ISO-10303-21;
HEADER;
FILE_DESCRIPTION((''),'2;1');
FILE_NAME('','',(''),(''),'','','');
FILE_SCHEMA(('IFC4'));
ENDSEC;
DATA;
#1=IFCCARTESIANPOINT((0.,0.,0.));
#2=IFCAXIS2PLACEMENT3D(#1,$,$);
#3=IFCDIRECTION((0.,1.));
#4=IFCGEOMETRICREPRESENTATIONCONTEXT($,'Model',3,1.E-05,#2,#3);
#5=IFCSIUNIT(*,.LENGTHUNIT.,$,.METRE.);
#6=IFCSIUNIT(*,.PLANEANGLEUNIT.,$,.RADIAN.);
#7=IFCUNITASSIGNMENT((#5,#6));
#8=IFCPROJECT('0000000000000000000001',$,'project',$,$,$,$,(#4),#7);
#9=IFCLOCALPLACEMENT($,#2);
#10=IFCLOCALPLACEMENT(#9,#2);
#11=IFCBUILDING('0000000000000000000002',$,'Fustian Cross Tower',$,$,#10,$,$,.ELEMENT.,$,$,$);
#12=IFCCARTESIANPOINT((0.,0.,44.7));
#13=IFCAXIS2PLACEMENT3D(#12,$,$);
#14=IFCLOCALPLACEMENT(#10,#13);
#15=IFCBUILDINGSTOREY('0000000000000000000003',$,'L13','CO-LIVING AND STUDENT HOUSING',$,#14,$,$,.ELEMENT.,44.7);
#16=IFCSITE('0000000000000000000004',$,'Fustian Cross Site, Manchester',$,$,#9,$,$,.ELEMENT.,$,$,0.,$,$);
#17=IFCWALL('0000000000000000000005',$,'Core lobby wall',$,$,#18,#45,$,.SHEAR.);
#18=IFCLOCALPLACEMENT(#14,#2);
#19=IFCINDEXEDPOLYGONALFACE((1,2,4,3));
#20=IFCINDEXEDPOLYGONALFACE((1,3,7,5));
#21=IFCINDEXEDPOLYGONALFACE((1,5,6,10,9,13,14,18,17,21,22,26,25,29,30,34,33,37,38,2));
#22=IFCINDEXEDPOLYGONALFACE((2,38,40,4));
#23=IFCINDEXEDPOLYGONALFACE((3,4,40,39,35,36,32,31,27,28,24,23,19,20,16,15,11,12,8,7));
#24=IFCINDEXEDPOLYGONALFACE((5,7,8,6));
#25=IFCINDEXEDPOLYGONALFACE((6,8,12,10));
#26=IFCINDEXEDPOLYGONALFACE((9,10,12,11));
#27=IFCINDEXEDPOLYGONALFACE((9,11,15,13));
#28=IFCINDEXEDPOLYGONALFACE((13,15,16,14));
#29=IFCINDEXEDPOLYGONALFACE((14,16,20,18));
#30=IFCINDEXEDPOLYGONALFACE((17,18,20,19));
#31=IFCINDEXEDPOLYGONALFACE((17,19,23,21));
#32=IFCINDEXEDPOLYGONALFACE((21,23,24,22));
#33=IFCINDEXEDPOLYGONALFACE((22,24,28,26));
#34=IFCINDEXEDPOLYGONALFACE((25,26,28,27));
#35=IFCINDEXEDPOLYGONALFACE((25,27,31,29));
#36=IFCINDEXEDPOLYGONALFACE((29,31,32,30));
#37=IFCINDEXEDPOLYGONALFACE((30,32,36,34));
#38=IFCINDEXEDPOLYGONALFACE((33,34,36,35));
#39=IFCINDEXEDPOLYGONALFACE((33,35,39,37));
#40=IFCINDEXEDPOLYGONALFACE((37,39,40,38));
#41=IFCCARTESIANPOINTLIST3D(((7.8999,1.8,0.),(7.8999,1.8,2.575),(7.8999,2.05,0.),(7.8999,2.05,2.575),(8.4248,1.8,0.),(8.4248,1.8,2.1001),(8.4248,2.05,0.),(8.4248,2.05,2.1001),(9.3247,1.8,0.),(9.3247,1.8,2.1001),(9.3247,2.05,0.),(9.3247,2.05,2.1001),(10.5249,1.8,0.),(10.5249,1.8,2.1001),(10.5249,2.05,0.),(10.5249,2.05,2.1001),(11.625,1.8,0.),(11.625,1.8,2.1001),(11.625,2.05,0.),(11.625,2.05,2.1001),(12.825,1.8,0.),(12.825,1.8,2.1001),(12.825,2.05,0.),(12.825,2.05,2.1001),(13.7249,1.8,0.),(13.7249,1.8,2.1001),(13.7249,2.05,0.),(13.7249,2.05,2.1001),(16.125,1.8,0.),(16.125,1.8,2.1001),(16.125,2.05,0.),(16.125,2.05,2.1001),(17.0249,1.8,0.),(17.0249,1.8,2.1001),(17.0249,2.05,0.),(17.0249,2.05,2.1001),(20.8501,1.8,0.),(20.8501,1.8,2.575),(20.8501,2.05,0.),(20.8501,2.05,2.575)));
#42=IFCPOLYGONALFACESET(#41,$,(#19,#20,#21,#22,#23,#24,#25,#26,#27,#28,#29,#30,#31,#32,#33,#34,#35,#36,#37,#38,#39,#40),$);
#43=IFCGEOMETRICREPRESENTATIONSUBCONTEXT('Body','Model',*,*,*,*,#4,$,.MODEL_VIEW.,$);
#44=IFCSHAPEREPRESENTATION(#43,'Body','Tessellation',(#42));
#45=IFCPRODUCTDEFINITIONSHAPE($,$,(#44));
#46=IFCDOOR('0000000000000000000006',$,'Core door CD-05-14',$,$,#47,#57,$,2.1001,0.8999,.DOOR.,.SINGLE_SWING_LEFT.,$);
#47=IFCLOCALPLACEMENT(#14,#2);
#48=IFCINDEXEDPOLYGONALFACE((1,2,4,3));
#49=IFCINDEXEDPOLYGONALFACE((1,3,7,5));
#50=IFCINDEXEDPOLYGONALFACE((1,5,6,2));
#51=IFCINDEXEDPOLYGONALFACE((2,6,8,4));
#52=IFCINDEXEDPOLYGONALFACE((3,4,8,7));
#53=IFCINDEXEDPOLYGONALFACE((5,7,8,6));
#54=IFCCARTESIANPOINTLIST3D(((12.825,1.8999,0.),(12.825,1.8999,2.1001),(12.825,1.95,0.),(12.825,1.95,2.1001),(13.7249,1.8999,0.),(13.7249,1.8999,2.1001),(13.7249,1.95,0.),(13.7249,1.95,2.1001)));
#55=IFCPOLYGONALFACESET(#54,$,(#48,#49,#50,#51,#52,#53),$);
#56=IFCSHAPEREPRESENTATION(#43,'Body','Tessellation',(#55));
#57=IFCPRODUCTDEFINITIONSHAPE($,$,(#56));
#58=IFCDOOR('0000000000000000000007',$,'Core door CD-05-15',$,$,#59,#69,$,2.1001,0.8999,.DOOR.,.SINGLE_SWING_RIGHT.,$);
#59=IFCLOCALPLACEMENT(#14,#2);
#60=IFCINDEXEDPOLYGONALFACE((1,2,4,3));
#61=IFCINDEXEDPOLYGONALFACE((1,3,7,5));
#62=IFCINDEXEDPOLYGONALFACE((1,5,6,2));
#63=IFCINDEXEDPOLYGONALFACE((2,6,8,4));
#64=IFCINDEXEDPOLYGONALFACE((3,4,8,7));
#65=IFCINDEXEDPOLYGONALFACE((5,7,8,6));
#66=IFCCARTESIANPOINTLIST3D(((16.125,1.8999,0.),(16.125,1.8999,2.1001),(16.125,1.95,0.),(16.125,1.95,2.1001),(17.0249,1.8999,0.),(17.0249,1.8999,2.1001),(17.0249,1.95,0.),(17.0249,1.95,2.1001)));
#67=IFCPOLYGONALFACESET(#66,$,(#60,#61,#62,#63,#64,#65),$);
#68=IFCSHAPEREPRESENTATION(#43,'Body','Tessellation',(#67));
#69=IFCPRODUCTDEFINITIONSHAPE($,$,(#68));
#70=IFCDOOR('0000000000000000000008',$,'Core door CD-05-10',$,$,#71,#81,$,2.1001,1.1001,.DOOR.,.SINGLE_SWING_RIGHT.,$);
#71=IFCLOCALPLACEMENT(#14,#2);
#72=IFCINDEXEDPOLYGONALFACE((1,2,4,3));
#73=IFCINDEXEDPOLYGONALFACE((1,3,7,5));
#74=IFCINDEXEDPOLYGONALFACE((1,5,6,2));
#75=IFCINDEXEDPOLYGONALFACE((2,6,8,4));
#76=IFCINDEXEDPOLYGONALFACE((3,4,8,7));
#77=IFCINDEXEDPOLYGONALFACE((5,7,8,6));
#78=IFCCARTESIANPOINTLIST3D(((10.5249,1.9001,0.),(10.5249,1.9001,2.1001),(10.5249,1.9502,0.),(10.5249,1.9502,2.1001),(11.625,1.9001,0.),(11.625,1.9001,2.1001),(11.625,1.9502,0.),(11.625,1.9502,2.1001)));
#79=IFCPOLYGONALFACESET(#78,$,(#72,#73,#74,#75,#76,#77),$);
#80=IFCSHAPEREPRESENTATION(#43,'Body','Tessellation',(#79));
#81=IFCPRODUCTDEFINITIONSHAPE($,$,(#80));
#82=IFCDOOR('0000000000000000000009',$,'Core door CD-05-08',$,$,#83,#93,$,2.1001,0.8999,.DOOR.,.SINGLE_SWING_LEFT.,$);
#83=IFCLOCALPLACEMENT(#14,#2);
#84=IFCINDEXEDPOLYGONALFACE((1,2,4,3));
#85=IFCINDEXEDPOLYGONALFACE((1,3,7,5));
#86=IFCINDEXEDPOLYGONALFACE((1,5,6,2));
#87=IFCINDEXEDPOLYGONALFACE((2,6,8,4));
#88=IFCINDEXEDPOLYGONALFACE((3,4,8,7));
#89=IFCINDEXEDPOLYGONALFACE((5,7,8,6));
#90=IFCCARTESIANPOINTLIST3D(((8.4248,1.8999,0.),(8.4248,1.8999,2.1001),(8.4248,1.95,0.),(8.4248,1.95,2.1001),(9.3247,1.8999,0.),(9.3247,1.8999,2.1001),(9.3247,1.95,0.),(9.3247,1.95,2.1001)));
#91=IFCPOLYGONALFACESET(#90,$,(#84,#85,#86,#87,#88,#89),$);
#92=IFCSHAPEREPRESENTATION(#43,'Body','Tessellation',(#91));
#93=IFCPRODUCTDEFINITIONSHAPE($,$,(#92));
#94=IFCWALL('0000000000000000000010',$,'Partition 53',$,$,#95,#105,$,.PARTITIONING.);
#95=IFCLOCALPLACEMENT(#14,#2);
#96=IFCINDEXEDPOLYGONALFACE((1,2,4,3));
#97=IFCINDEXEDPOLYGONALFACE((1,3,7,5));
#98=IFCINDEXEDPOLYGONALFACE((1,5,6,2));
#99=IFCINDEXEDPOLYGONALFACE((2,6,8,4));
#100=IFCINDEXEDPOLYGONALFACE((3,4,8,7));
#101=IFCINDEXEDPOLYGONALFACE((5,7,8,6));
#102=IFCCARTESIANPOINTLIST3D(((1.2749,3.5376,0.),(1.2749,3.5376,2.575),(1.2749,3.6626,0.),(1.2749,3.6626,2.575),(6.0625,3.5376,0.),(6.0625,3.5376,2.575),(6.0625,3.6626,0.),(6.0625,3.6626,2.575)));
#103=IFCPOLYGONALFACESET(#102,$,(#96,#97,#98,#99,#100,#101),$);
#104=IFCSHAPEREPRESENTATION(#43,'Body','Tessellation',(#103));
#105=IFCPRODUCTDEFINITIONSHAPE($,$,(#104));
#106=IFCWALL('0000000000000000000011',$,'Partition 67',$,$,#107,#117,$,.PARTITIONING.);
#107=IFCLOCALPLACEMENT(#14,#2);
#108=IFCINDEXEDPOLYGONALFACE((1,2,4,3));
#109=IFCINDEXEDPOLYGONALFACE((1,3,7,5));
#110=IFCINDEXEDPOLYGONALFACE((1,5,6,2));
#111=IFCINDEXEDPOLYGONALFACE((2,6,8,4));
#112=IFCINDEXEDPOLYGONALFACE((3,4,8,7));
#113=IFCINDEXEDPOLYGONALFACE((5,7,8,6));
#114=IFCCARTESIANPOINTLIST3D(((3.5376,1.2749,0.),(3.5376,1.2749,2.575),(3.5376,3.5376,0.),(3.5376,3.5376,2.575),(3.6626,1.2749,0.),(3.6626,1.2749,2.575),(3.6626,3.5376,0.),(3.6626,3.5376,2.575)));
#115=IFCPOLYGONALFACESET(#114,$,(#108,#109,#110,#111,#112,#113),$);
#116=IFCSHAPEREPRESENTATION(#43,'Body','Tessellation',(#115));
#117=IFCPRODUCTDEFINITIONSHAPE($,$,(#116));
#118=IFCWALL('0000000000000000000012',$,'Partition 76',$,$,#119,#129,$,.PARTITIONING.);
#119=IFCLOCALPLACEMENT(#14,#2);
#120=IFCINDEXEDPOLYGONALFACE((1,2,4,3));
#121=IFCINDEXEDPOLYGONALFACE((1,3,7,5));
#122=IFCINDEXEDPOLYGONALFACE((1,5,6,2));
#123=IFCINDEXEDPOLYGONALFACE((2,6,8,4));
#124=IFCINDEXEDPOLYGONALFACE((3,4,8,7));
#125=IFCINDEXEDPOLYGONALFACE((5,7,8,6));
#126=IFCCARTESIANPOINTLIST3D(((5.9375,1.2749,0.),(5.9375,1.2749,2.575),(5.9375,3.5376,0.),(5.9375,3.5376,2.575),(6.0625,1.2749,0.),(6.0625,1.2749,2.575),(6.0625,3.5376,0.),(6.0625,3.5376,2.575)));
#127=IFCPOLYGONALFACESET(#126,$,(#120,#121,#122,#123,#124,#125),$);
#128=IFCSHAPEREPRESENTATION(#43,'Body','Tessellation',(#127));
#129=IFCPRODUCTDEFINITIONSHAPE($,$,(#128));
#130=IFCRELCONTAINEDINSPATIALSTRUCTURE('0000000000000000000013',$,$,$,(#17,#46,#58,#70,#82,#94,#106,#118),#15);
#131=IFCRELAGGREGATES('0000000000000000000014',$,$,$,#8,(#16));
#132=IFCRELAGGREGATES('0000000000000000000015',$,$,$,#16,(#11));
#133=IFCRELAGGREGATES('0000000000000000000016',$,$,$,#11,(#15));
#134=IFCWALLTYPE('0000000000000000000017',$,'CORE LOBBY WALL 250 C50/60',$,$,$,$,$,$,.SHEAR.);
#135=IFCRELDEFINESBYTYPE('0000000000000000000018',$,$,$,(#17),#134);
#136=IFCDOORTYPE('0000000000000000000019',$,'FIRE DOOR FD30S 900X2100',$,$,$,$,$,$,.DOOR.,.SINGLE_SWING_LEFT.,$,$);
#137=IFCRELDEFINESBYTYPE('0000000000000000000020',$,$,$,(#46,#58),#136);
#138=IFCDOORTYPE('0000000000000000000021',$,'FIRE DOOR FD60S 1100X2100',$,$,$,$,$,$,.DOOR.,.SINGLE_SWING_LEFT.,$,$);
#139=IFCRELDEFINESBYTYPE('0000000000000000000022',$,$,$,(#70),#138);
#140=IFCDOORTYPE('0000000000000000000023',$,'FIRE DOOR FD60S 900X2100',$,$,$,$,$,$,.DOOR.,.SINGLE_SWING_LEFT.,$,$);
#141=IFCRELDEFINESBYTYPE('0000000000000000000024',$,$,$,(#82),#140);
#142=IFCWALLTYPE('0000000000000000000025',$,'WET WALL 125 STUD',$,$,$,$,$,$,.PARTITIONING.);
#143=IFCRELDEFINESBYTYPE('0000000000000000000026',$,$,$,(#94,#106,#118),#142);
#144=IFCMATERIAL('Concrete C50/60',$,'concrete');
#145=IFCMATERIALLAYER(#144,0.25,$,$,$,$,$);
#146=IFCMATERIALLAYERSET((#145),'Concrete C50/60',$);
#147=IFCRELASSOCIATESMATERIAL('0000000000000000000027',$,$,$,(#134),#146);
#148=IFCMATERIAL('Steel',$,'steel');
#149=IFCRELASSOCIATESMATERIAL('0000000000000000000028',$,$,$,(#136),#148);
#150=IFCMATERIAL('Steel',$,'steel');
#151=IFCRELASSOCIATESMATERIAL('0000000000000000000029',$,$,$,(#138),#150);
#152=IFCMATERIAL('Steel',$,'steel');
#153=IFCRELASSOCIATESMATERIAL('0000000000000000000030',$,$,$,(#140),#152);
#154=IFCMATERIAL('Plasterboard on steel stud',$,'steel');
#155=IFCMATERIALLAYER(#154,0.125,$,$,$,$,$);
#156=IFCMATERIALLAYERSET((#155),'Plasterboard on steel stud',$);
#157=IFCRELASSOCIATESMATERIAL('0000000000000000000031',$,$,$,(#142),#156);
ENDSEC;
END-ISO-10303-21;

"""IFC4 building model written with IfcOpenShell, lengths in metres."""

from ifc_helpers import new_model, si_unit, direction, frame, frame_2d, origin, place, context, subcontext, project, spatial, rectangle, extrude, material, layer, layer_set, type_object, element, fill, save


model = new_model("IFC4")

# Units and contexts
model_context = context("Model", 3, precision=1e-05, world=origin(), true_north=direction((0.0, 1.0)))
body_context = subcontext(model_context, "Body", "Model", "MODEL_VIEW")
ifc_project = project(units=[si_unit("LENGTHUNIT", "METRE"), si_unit("PLANEANGLEUNIT", "RADIAN")], contexts=[model_context])

# Site, building, storey
site_placement = place(None, origin())
site = spatial("IfcSite", under=ifc_project, at=site_placement, Name="Fustian Cross Site, Manchester", CompositionType="ELEMENT", RefElevation=0.0)
building_placement = place(site_placement, origin())
building = spatial("IfcBuilding", under=site, at=building_placement, Name="Fustian Cross Tower", CompositionType="ELEMENT")
storey_placement = place(building_placement, frame((0.0, 0.0, 44.7)))
storey = spatial("IfcBuildingStorey", under=building, at=storey_placement, Name="L13", Description="CO-LIVING AND STUDENT HOUSING", CompositionType="ELEMENT", Elevation=44.7)

# Wall, openings, doors
ifc_material_1 = material(Name="Concrete C50/60", Category="concrete")
ifc_layer_1 = layer(ifc_material_1, 0.25)
ifc_layer_set_1 = layer_set([ifc_layer_1], Name="Concrete C50/60")
wall_type_1 = type_object("IfcWallType", Name="CORE LOBBY WALL 250 C50/60", PredefinedType="SHEAR", material=ifc_layer_set_1)
wall_1_placement = place(storey_placement, frame((7.8999, 1.925, 0.0), z_axis=(0.0, 0.0, 1.0), x_axis=(1.0, 0.0, 0.0)))
wall_1 = element("IfcWall", 1, at=wall_1_placement, inside=storey, type_object=wall_type_1, Name="Core lobby wall", PredefinedType="SHEAR", context=body_context, shape_type="SweptSolid", body=[
    extrude(rectangle(XDim=12.9502, YDim=0.25, at=frame_2d((6.4751, 0.0))), origin(), (0.0, 0.0, 1.0), 2.575),
])
opening_1_placement = place(wall_1_placement, frame((0.5249, 0.0, 0.0)))
opening_1 = element("IfcOpeningElement", 2, at=opening_1_placement, cuts=wall_1, PredefinedType="OPENING", context=body_context, shape_type="SweptSolid", body=[
    extrude(rectangle(XDim=0.8999, YDim=2.1001, at=frame_2d((0.45, 1.05))), frame((0.0, 0.135, 0.0), z_axis=(0.0, -1.0, 0.0), x_axis=(1.0, 0.0, 0.0)), (0.0, 0.0, 1.0), 0.27),
])
opening_2_placement = place(wall_1_placement, frame((2.625, 0.0, 0.0)))
opening_2 = element("IfcOpeningElement", 3, at=opening_2_placement, cuts=wall_1, PredefinedType="OPENING", context=body_context, shape_type="SweptSolid", body=[
    extrude(rectangle(XDim=1.1001, YDim=2.1001, at=frame_2d((0.55, 1.05))), frame((0.0, 0.135, 0.0), z_axis=(0.0, -1.0, 0.0), x_axis=(1.0, 0.0, 0.0)), (0.0, 0.0, 1.0), 0.27),
])
opening_3_placement = place(wall_1_placement, frame((4.925, 0.0, 0.0)))
opening_3 = element("IfcOpeningElement", 4, at=opening_3_placement, cuts=wall_1, PredefinedType="OPENING", context=body_context, shape_type="SweptSolid", body=[
    extrude(rectangle(XDim=0.8999, YDim=2.1001, at=frame_2d((0.45, 1.05))), frame((0.0, 0.135, 0.0), z_axis=(0.0, -1.0, 0.0), x_axis=(1.0, 0.0, 0.0)), (0.0, 0.0, 1.0), 0.27),
])
opening_4_placement = place(wall_1_placement, frame((8.2251, 0.0, 0.0)))
opening_4 = element("IfcOpeningElement", 5, at=opening_4_placement, cuts=wall_1, PredefinedType="OPENING", context=body_context, shape_type="SweptSolid", body=[
    extrude(rectangle(XDim=0.8999, YDim=2.1001, at=frame_2d((0.45, 1.05))), frame((0.0, 0.135, 0.0), z_axis=(0.0, -1.0, 0.0), x_axis=(1.0, 0.0, 0.0)), (0.0, 0.0, 1.0), 0.27),
])
ifc_material_2 = material(Name="Steel", Category="steel")
door_type_1 = type_object("IfcDoorType", Name="FIRE DOOR FD30S 900X2100", OperationType="SINGLE_SWING_LEFT", PredefinedType="DOOR", material=ifc_material_2)
door_1_placement = place(opening_3_placement, origin())
door_1 = element("IfcDoor", 6, at=door_1_placement, inside=storey, type_object=door_type_1, Name="Core door CD-05-14", OperationType="SINGLE_SWING_LEFT", OverallHeight=2.1001, OverallWidth=0.8999, PredefinedType="DOOR", context=body_context, shape_type="SweptSolid", body=[
    extrude(rectangle(XDim=0.8999, YDim=2.1001, at=frame_2d((0.45, 1.05))), frame((0.0, 0.0249, 0.0), z_axis=(0.0, -1.0, 0.0), x_axis=(1.0, 0.0, 0.0)), (0.0, 0.0, 1.0), 0.05),
])
fill(opening_3, door_1)
door_2_placement = place(opening_4_placement, origin())
door_2 = element("IfcDoor", 7, at=door_2_placement, inside=storey, type_object=door_type_1, Name="Core door CD-05-15", OperationType="SINGLE_SWING_RIGHT", OverallHeight=2.1001, OverallWidth=0.8999, PredefinedType="DOOR", context=body_context, shape_type="SweptSolid", body=[
    extrude(rectangle(XDim=0.8999, YDim=2.1001, at=frame_2d((0.45, 1.05))), frame((0.0, 0.0249, 0.0), z_axis=(0.0, -1.0, 0.0), x_axis=(1.0, 0.0, 0.0)), (0.0, 0.0, 1.0), 0.05),
])
fill(opening_4, door_2)
ifc_material_3 = material(Name="Steel", Category="steel")
door_type_2 = type_object("IfcDoorType", Name="FIRE DOOR FD60S 1100X2100", OperationType="SINGLE_SWING_LEFT", PredefinedType="DOOR", material=ifc_material_3)
door_3_placement = place(opening_2_placement, frame((1.1001, 0.0, 0.0), z_axis=(0.0, 0.0, 1.0), x_axis=(-1.0, 0.0, 0.0)))
door_3 = element("IfcDoor", 8, at=door_3_placement, inside=storey, type_object=door_type_2, Name="Core door CD-05-10", OperationType="SINGLE_SWING_RIGHT", OverallHeight=2.1001, OverallWidth=1.1001, PredefinedType="DOOR", context=body_context, shape_type="SweptSolid", body=[
    extrude(rectangle(XDim=1.1001, YDim=2.1001, at=frame_2d((0.55, 1.05))), frame((0.0, 0.0249, 0.0), z_axis=(0.0, -1.0, 0.0), x_axis=(1.0, 0.0, 0.0)), (0.0, 0.0, 1.0), 0.05),
])
fill(opening_2, door_3)
ifc_material_4 = material(Name="Steel", Category="steel")
door_type_3 = type_object("IfcDoorType", Name="FIRE DOOR FD60S 900X2100", OperationType="SINGLE_SWING_LEFT", PredefinedType="DOOR", material=ifc_material_4)
door_4_placement = place(opening_1_placement, origin())
door_4 = element("IfcDoor", 9, at=door_4_placement, inside=storey, type_object=door_type_3, Name="Core door CD-05-08", OperationType="SINGLE_SWING_LEFT", OverallHeight=2.1001, OverallWidth=0.8999, PredefinedType="DOOR", context=body_context, shape_type="SweptSolid", body=[
    extrude(rectangle(XDim=0.8999, YDim=2.1001, at=frame_2d((0.45, 1.05))), frame((0.0, 0.0249, 0.0), z_axis=(0.0, -1.0, 0.0), x_axis=(1.0, 0.0, 0.0)), (0.0, 0.0, 1.0), 0.05),
])
fill(opening_1, door_4)

# Walls
ifc_material_5 = material(Name="Plasterboard on steel stud", Category="steel")
ifc_layer_2 = layer(ifc_material_5, 0.125)
ifc_layer_set_2 = layer_set([ifc_layer_2], Name="Plasterboard on steel stud")
wall_type_2 = type_object("IfcWallType", Name="WET WALL 125 STUD", PredefinedType="PARTITIONING", material=ifc_layer_set_2)
wall_2_placement = place(storey_placement, frame((1.2749, 3.6001, 0.0), z_axis=(0.0, 0.0, 1.0), x_axis=(1.0, 0.0, 0.0)))
element("IfcWall", 10, at=wall_2_placement, inside=storey, type_object=wall_type_2, Name="Partition 53", PredefinedType="PARTITIONING", context=body_context, shape_type="SweptSolid", body=[
    extrude(rectangle(XDim=4.7876, YDim=0.125, at=frame_2d((2.3938, 0.0))), origin(), (0.0, 0.0, 1.0), 2.575),
])
for number, where, z_axis, x_axis, name in (
    (11, (3.6001, 1.2749, 0.0), (0.0, 0.0, 1.0), (0.0, 1.0, 0.0), "Partition 67"),
    (12, (6.0, 1.2749, 0.0), (0.0, 0.0, 1.0), (0.0, 1.0, 0.0), "Partition 76"),
):
    element("IfcWall", number, at=place(storey_placement, frame(where, z_axis=z_axis, x_axis=x_axis)), inside=storey, type_object=wall_type_2, Name=name, PredefinedType="PARTITIONING", context=body_context, shape_type="SweptSolid", body=[
        extrude(rectangle(XDim=2.2627, YDim=0.125, at=frame_2d((1.1313, 0.0))), origin(), (0.0, 0.0, 1.0), 2.575),
    ])

save(model, "model.ifc")
